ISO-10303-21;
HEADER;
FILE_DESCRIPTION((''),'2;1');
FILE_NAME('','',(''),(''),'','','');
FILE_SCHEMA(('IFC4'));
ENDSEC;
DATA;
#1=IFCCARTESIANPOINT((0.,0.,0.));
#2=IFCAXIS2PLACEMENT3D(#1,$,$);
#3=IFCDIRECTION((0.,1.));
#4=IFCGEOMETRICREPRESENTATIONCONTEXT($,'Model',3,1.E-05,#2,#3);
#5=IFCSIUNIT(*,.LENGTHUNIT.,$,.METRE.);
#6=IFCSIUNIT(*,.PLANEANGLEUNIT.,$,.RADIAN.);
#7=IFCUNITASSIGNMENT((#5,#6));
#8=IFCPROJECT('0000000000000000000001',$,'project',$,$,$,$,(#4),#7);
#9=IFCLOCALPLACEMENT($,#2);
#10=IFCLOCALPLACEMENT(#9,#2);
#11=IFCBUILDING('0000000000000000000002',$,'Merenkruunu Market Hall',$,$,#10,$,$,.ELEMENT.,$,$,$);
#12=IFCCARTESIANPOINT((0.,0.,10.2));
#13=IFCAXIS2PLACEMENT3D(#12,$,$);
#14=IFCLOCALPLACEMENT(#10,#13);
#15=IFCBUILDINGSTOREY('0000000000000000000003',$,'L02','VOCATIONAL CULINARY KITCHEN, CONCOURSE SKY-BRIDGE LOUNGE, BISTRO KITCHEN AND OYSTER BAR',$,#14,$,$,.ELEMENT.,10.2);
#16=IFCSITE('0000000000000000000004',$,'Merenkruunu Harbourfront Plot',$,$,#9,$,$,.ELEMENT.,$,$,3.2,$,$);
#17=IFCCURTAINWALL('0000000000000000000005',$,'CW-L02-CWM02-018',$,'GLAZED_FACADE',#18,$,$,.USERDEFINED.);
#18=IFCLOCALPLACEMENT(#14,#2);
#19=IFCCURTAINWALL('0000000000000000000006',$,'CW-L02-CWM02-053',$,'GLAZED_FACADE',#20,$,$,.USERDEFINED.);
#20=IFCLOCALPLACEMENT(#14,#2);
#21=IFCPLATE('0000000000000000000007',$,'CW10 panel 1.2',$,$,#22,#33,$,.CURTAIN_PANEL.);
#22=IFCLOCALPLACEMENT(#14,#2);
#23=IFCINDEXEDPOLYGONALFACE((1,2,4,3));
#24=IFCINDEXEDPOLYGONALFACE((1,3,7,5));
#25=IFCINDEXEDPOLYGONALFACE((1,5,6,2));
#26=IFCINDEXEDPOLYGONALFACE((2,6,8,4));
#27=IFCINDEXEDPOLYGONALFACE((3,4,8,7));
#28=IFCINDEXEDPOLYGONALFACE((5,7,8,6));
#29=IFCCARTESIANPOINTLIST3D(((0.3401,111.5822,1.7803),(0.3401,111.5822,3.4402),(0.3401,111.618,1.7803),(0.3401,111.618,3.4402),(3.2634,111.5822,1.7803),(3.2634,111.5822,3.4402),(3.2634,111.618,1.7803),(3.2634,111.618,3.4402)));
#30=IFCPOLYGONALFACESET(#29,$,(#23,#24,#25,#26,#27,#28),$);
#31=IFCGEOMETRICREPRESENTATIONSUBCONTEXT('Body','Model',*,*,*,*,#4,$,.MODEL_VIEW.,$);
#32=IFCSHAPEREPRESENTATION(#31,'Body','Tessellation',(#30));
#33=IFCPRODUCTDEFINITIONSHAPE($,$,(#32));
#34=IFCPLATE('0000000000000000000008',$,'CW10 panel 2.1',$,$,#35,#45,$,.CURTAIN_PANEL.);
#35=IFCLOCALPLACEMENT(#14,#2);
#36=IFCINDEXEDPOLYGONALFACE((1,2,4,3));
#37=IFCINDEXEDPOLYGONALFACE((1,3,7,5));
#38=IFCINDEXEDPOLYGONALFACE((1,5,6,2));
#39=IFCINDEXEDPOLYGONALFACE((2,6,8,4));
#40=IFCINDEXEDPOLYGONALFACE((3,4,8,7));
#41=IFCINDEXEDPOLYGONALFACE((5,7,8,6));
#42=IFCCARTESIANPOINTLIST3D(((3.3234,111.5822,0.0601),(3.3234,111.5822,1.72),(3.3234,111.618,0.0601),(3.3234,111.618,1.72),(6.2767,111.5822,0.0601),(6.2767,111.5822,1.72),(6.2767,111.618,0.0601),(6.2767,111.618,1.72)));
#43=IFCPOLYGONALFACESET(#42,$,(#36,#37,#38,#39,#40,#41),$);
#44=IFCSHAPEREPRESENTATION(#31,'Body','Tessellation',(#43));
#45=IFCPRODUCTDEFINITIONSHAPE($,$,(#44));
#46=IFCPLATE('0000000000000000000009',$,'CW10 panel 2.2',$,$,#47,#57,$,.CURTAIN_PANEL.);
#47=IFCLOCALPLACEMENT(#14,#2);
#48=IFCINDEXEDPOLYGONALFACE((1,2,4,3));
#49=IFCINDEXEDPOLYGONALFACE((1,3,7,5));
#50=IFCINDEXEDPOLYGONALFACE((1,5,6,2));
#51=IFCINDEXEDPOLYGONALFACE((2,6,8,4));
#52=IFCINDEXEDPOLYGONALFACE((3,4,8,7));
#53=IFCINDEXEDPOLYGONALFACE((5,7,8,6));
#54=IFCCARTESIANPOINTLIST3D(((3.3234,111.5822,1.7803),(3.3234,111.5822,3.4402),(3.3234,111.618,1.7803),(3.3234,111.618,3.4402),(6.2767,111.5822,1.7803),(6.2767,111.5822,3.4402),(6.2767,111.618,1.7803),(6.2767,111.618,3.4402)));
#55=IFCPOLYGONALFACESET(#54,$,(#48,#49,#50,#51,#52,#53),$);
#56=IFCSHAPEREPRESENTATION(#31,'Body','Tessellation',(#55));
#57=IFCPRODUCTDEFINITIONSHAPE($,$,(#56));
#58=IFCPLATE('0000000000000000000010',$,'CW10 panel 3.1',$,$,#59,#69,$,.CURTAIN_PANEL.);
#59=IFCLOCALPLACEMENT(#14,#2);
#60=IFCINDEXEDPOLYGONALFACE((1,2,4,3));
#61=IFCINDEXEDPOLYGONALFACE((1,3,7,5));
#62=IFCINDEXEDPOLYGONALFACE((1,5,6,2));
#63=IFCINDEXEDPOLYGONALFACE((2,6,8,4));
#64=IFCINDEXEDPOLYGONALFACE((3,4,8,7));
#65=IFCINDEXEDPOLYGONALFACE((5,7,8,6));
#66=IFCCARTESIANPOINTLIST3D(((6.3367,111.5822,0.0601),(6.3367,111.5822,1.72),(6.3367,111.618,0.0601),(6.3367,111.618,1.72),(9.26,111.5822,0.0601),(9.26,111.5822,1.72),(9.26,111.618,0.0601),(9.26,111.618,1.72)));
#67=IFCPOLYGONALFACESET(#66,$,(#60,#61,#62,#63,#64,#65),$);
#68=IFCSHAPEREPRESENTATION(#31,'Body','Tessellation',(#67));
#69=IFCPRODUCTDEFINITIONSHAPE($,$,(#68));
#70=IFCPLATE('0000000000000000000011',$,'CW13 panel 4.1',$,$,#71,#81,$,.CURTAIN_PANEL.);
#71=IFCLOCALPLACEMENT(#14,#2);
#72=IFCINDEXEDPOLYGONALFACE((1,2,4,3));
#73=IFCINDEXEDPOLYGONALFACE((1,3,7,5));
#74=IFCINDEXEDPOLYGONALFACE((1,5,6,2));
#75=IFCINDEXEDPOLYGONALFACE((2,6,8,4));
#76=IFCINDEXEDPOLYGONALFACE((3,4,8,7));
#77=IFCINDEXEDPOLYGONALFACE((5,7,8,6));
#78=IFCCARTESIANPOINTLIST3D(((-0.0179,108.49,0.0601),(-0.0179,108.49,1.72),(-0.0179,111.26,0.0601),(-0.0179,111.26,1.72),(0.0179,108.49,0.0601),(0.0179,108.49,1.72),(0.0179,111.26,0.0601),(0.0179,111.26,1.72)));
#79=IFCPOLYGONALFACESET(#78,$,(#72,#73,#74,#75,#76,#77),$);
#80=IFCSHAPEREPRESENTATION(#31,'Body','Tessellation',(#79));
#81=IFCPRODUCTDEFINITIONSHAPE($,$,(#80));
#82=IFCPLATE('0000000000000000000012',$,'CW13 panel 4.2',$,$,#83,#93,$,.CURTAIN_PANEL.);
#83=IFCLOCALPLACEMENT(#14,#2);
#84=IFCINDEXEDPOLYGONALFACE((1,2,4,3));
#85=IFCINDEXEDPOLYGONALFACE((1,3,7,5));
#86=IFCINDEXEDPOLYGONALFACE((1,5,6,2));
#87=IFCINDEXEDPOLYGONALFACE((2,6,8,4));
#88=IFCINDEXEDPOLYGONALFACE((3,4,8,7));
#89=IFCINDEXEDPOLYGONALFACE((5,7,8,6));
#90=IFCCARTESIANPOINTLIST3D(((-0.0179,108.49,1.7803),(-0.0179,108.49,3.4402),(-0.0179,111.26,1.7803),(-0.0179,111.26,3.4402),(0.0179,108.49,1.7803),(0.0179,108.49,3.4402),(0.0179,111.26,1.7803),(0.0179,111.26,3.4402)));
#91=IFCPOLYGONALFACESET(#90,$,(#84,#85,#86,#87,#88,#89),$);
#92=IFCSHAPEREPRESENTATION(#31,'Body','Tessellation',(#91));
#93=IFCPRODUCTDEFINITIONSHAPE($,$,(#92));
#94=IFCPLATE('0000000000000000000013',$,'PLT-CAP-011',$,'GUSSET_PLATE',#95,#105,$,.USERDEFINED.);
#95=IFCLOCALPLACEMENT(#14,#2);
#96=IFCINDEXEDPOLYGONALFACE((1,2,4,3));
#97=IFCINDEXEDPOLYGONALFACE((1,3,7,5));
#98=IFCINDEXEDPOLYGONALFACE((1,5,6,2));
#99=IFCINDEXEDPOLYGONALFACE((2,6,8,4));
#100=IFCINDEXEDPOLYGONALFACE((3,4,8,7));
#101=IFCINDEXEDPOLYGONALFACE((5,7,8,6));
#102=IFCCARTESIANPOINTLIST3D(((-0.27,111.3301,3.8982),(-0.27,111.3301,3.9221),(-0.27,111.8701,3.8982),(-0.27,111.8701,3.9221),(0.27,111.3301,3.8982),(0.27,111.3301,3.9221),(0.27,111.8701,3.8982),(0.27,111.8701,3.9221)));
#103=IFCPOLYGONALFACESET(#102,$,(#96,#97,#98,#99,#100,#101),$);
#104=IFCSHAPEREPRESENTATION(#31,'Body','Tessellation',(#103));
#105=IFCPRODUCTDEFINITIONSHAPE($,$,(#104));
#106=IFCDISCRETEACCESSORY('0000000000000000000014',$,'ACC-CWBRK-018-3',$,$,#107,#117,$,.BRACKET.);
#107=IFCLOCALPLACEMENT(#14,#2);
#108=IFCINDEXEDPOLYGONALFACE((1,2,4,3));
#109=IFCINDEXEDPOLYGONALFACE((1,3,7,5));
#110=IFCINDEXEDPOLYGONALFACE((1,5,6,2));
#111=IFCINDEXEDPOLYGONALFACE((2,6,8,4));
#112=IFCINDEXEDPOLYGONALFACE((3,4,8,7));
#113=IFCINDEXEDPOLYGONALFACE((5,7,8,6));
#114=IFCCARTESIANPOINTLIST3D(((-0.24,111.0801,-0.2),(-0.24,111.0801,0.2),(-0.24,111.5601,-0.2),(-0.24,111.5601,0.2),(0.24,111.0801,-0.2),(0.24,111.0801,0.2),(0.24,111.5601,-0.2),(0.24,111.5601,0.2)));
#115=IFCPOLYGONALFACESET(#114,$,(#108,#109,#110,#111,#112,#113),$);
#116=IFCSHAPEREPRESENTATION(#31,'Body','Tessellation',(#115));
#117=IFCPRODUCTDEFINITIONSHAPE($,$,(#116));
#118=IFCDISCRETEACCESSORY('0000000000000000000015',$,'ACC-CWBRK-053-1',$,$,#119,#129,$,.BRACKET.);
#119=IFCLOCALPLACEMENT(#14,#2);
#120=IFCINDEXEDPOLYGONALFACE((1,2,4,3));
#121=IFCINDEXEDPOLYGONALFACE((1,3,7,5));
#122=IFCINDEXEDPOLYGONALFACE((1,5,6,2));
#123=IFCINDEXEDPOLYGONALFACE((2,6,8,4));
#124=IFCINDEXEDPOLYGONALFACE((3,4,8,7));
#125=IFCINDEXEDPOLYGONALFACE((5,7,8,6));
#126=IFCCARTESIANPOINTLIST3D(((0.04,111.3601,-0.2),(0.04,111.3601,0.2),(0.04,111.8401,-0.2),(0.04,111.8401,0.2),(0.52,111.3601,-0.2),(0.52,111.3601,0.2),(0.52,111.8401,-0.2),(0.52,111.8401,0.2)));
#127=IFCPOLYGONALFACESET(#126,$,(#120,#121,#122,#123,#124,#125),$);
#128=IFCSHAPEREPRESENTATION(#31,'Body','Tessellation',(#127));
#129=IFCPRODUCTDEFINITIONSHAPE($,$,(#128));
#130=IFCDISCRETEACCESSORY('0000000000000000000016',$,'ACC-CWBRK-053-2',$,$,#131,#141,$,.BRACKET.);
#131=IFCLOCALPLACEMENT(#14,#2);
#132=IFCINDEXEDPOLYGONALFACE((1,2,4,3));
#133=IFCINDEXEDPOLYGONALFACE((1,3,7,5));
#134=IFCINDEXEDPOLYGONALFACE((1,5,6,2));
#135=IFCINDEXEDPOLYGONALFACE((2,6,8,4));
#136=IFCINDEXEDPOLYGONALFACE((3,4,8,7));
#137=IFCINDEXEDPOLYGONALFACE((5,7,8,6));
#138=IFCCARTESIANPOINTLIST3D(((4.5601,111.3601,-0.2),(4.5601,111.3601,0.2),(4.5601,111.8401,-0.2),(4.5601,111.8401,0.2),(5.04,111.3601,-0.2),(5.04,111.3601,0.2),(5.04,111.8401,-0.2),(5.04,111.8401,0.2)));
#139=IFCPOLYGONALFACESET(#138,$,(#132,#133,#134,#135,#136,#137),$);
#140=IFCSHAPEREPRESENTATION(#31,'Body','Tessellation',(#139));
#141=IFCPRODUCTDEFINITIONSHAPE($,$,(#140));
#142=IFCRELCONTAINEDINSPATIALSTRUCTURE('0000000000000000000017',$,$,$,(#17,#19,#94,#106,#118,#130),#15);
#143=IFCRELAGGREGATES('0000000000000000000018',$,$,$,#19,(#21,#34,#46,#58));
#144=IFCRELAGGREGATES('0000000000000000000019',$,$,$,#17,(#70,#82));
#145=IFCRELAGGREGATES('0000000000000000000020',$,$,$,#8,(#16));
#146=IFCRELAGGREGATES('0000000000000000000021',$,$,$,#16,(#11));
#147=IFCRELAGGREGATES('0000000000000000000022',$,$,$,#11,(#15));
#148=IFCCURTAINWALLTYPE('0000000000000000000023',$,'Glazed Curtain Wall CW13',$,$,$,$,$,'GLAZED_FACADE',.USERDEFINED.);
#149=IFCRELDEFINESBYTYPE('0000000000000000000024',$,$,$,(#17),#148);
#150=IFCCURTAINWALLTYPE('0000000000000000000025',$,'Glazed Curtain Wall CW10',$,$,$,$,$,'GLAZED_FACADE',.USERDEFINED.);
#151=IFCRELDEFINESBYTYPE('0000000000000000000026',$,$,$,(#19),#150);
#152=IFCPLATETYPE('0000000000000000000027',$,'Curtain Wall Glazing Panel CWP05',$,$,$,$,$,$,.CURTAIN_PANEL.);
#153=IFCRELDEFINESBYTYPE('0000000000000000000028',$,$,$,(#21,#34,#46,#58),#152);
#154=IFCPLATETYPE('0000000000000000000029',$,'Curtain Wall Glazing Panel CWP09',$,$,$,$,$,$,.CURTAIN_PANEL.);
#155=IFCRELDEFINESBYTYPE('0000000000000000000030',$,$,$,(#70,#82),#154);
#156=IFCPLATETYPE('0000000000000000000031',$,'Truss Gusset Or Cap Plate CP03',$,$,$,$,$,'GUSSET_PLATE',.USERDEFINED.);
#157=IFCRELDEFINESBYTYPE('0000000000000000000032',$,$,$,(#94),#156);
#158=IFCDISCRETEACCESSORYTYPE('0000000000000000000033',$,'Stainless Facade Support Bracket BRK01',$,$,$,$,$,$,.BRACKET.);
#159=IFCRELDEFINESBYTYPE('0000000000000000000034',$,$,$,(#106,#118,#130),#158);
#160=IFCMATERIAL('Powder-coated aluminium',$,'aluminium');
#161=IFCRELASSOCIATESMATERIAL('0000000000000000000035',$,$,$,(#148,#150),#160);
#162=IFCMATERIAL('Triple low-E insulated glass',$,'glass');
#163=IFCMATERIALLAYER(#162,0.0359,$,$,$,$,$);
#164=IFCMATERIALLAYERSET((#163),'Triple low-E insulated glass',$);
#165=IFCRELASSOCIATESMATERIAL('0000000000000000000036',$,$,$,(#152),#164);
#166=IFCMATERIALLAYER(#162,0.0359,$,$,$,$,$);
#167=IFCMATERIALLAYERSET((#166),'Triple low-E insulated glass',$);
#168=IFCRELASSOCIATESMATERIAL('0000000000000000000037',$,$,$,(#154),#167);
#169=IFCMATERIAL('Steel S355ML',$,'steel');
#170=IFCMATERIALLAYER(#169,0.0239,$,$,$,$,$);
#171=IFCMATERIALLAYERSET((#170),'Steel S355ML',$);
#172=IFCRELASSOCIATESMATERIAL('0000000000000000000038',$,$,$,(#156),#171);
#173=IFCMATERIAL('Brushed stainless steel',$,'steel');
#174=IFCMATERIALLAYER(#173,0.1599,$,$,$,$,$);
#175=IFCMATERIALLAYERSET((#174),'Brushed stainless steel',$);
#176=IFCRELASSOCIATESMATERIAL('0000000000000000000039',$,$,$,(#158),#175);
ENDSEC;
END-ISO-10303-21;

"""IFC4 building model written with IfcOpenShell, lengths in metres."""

from ifc_helpers import new_model, si_unit, direction, frame, origin, origin_2d, place, context, subcontext, project, spatial, rectangle, extrude, material, layer, layer_set, type_object, element, aggregate, save


model = new_model("IFC4")

# Units and contexts
model_context = context("Model", 3, precision=1e-05, world=origin(), true_north=direction((0.0, 1.0)))
body_context = subcontext(model_context, "Body", "Model", "MODEL_VIEW")
ifc_project = project(units=[si_unit("LENGTHUNIT", "METRE"), si_unit("PLANEANGLEUNIT", "RADIAN")], contexts=[model_context])

# Site, building, storey
site_placement = place(None, origin())
site = spatial("IfcSite", under=ifc_project, at=site_placement, Name="Merenkruunu Harbourfront Plot", CompositionType="ELEMENT", RefElevation=3.2)
building_placement = place(site_placement, origin())
building = spatial("IfcBuilding", under=site, at=building_placement, Name="Merenkruunu Market Hall", CompositionType="ELEMENT")
storey_placement = place(building_placement, frame((0.0, 0.0, 10.2)))
storey = spatial("IfcBuildingStorey", under=building, at=storey_placement, Name="L02", Description="VOCATIONAL CULINARY KITCHEN, CONCOURSE SKY-BRIDGE LOUNGE, BISTRO KITCHEN AND OYSTER BAR", CompositionType="ELEMENT", Elevation=10.2)

# Shared definitions
ifc_material_1 = material(Name="Steel S355ML", Category="steel")

# Curtain wall
ifc_material_2 = material(Name="Powder-coated aluminium", Category="aluminium")
curtain_wall_type_1 = type_object("IfcCurtainWallType", Name="Glazed Curtain Wall CW13", ElementType="GLAZED_FACADE", PredefinedType="USERDEFINED", material=ifc_material_2)
curtain_wall_1_placement = place(storey_placement, origin())
curtain_wall_1 = element("IfcCurtainWall", 1, at=curtain_wall_1_placement, inside=storey, type_object=curtain_wall_type_1, Name="CW-L02-CWM02-018", ObjectType="GLAZED_FACADE", PredefinedType="USERDEFINED")

# Curtain wall
curtain_wall_type_2 = type_object("IfcCurtainWallType", Name="Glazed Curtain Wall CW10", ElementType="GLAZED_FACADE", PredefinedType="USERDEFINED", material=ifc_material_2)
curtain_wall_2_placement = place(storey_placement, origin())
curtain_wall_2 = element("IfcCurtainWall", 2, at=curtain_wall_2_placement, inside=storey, type_object=curtain_wall_type_2, Name="CW-L02-CWM02-053", ObjectType="GLAZED_FACADE", PredefinedType="USERDEFINED")

# Plates
ifc_material_3 = material(Name="Triple low-E insulated glass", Category="glass")
ifc_layer_1 = layer(ifc_material_3, 0.0359)
ifc_layer_set_1 = layer_set([ifc_layer_1], Name="Triple low-E insulated glass")
plate_type_1 = type_object("IfcPlateType", Name="Curtain Wall Glazing Panel CWP05", PredefinedType="CURTAIN_PANEL", material=ifc_layer_set_1)
plate_1_placement = place(storey_placement, frame((1.8018, 111.6001, 1.7803), z_axis=(0.0, 0.0, 1.0), x_axis=(1.0, 0.0, 0.0)))
plate_1 = element("IfcPlate", 3, at=plate_1_placement, type_object=plate_type_1, Name="CW10 panel 1.2", PredefinedType="CURTAIN_PANEL", context=body_context, shape_type="SweptSolid", body=[
    extrude(rectangle(XDim=2.9233, YDim=0.0359, at=origin_2d()), origin(), (0.0, 0.0, 1.0), 1.6599),
])
plate_2_placement = place(storey_placement, frame((4.8, 111.6001, 0.0601), z_axis=(0.0, 0.0, 1.0), x_axis=(1.0, 0.0, 0.0)))
plate_2 = element("IfcPlate", 4, at=plate_2_placement, type_object=plate_type_1, Name="CW10 panel 2.1", PredefinedType="CURTAIN_PANEL", context=body_context, shape_type="SweptSolid", body=[
    extrude(rectangle(XDim=2.9534, YDim=0.0359, at=origin_2d()), origin(), (0.0, 0.0, 1.0), 1.6599),
])
plate_3_placement = place(storey_placement, frame((4.8, 111.6001, 1.7803), z_axis=(0.0, 0.0, 1.0), x_axis=(1.0, 0.0, 0.0)))
plate_3 = element("IfcPlate", 5, at=plate_3_placement, type_object=plate_type_1, Name="CW10 panel 2.2", PredefinedType="CURTAIN_PANEL", context=body_context, shape_type="SweptSolid", body=[
    extrude(rectangle(XDim=2.9534, YDim=0.0359, at=origin_2d()), origin(), (0.0, 0.0, 1.0), 1.6599),
])
plate_4_placement = place(storey_placement, frame((7.7983, 111.6001, 0.0601), z_axis=(0.0, 0.0, 1.0), x_axis=(1.0, 0.0, 0.0)))
plate_4 = element("IfcPlate", 6, at=plate_4_placement, type_object=plate_type_1, Name="CW10 panel 3.1", PredefinedType="CURTAIN_PANEL", context=body_context, shape_type="SweptSolid", body=[
    extrude(rectangle(XDim=2.9233, YDim=0.0359, at=origin_2d()), origin(), (0.0, 0.0, 1.0), 1.6599),
])
aggregate(curtain_wall_2, [plate_1, plate_2, plate_3, plate_4])
ifc_layer_2 = layer(ifc_material_3, 0.0359)
ifc_layer_set_2 = layer_set([ifc_layer_2], Name="Triple low-E insulated glass")
plate_type_2 = type_object("IfcPlateType", Name="Curtain Wall Glazing Panel CWP09", PredefinedType="CURTAIN_PANEL", material=ifc_layer_set_2)
plate_5_placement = place(storey_placement, frame((0.0, 109.875, 0.0601), z_axis=(0.0, 0.0, 1.0), x_axis=(0.0, 1.0, 0.0)))
plate_5 = element("IfcPlate", 7, at=plate_5_placement, type_object=plate_type_2, Name="CW13 panel 4.1", PredefinedType="CURTAIN_PANEL", context=body_context, shape_type="SweptSolid", body=[
    extrude(rectangle(XDim=2.77, YDim=0.0359, at=origin_2d()), origin(), (0.0, 0.0, 1.0), 1.6599),
])
plate_6_placement = place(storey_placement, frame((0.0, 109.875, 1.7803), z_axis=(0.0, 0.0, 1.0), x_axis=(0.0, 1.0, 0.0)))
plate_6 = element("IfcPlate", 8, at=plate_6_placement, type_object=plate_type_2, Name="CW13 panel 4.2", PredefinedType="CURTAIN_PANEL", context=body_context, shape_type="SweptSolid", body=[
    extrude(rectangle(XDim=2.77, YDim=0.0359, at=origin_2d()), origin(), (0.0, 0.0, 1.0), 1.6599),
])
aggregate(curtain_wall_1, [plate_5, plate_6])
ifc_layer_3 = layer(ifc_material_1, 0.0239)
ifc_layer_set_3 = layer_set([ifc_layer_3], Name="Steel S355ML")
plate_type_3 = type_object("IfcPlateType", Name="Truss Gusset Or Cap Plate CP03", ElementType="GUSSET_PLATE", PredefinedType="USERDEFINED", material=ifc_layer_set_3)
plate_7_placement = place(storey_placement, frame((0.0, 111.6001, 3.8982), z_axis=(0.0, 0.0, 1.0), x_axis=(1.0, 0.0, 0.0)))
element("IfcPlate", 9, at=plate_7_placement, inside=storey, type_object=plate_type_3, Name="PLT-CAP-011", ObjectType="GUSSET_PLATE", PredefinedType="USERDEFINED", context=body_context, shape_type="SweptSolid", body=[
    extrude(rectangle(XDim=0.54, YDim=0.54, at=origin_2d()), origin(), (0.0, 0.0, 1.0), 0.0239),
])

# Discrete accessories
ifc_material_4 = material(Name="Brushed stainless steel", Category="steel")
ifc_layer_4 = layer(ifc_material_4, 0.1599)
ifc_layer_set_4 = layer_set([ifc_layer_4], Name="Brushed stainless steel")
discrete_accessory_type = type_object("IfcDiscreteAccessoryType", Name="Stainless Facade Support Bracket BRK01", PredefinedType="BRACKET", material=ifc_layer_set_4)
for number, where, z_axis, x_axis, name in (
    (10, (0.0, 111.3201, -0.2), (0.0, 0.0, 1.0), (1.0, 0.0, 0.0), "ACC-CWBRK-018-3"),
    (11, (0.28, 111.6001, -0.2), (0.0, 0.0, 1.0), (1.0, 0.0, 0.0), "ACC-CWBRK-053-1"),
    (12, (4.8, 111.6001, -0.2), (0.0, 0.0, 1.0), (1.0, 0.0, 0.0), "ACC-CWBRK-053-2"),
):
    element("IfcDiscreteAccessory", number, at=place(storey_placement, frame(where, z_axis=z_axis, x_axis=x_axis)), inside=storey, type_object=discrete_accessory_type, Name=name, PredefinedType="BRACKET", context=body_context, shape_type="SweptSolid", body=[
        extrude(rectangle(XDim=0.48, YDim=0.48, at=origin_2d()), origin(), (0.0, 0.0, 1.0), 0.3999),
    ])

save(model, "model.ifc")
